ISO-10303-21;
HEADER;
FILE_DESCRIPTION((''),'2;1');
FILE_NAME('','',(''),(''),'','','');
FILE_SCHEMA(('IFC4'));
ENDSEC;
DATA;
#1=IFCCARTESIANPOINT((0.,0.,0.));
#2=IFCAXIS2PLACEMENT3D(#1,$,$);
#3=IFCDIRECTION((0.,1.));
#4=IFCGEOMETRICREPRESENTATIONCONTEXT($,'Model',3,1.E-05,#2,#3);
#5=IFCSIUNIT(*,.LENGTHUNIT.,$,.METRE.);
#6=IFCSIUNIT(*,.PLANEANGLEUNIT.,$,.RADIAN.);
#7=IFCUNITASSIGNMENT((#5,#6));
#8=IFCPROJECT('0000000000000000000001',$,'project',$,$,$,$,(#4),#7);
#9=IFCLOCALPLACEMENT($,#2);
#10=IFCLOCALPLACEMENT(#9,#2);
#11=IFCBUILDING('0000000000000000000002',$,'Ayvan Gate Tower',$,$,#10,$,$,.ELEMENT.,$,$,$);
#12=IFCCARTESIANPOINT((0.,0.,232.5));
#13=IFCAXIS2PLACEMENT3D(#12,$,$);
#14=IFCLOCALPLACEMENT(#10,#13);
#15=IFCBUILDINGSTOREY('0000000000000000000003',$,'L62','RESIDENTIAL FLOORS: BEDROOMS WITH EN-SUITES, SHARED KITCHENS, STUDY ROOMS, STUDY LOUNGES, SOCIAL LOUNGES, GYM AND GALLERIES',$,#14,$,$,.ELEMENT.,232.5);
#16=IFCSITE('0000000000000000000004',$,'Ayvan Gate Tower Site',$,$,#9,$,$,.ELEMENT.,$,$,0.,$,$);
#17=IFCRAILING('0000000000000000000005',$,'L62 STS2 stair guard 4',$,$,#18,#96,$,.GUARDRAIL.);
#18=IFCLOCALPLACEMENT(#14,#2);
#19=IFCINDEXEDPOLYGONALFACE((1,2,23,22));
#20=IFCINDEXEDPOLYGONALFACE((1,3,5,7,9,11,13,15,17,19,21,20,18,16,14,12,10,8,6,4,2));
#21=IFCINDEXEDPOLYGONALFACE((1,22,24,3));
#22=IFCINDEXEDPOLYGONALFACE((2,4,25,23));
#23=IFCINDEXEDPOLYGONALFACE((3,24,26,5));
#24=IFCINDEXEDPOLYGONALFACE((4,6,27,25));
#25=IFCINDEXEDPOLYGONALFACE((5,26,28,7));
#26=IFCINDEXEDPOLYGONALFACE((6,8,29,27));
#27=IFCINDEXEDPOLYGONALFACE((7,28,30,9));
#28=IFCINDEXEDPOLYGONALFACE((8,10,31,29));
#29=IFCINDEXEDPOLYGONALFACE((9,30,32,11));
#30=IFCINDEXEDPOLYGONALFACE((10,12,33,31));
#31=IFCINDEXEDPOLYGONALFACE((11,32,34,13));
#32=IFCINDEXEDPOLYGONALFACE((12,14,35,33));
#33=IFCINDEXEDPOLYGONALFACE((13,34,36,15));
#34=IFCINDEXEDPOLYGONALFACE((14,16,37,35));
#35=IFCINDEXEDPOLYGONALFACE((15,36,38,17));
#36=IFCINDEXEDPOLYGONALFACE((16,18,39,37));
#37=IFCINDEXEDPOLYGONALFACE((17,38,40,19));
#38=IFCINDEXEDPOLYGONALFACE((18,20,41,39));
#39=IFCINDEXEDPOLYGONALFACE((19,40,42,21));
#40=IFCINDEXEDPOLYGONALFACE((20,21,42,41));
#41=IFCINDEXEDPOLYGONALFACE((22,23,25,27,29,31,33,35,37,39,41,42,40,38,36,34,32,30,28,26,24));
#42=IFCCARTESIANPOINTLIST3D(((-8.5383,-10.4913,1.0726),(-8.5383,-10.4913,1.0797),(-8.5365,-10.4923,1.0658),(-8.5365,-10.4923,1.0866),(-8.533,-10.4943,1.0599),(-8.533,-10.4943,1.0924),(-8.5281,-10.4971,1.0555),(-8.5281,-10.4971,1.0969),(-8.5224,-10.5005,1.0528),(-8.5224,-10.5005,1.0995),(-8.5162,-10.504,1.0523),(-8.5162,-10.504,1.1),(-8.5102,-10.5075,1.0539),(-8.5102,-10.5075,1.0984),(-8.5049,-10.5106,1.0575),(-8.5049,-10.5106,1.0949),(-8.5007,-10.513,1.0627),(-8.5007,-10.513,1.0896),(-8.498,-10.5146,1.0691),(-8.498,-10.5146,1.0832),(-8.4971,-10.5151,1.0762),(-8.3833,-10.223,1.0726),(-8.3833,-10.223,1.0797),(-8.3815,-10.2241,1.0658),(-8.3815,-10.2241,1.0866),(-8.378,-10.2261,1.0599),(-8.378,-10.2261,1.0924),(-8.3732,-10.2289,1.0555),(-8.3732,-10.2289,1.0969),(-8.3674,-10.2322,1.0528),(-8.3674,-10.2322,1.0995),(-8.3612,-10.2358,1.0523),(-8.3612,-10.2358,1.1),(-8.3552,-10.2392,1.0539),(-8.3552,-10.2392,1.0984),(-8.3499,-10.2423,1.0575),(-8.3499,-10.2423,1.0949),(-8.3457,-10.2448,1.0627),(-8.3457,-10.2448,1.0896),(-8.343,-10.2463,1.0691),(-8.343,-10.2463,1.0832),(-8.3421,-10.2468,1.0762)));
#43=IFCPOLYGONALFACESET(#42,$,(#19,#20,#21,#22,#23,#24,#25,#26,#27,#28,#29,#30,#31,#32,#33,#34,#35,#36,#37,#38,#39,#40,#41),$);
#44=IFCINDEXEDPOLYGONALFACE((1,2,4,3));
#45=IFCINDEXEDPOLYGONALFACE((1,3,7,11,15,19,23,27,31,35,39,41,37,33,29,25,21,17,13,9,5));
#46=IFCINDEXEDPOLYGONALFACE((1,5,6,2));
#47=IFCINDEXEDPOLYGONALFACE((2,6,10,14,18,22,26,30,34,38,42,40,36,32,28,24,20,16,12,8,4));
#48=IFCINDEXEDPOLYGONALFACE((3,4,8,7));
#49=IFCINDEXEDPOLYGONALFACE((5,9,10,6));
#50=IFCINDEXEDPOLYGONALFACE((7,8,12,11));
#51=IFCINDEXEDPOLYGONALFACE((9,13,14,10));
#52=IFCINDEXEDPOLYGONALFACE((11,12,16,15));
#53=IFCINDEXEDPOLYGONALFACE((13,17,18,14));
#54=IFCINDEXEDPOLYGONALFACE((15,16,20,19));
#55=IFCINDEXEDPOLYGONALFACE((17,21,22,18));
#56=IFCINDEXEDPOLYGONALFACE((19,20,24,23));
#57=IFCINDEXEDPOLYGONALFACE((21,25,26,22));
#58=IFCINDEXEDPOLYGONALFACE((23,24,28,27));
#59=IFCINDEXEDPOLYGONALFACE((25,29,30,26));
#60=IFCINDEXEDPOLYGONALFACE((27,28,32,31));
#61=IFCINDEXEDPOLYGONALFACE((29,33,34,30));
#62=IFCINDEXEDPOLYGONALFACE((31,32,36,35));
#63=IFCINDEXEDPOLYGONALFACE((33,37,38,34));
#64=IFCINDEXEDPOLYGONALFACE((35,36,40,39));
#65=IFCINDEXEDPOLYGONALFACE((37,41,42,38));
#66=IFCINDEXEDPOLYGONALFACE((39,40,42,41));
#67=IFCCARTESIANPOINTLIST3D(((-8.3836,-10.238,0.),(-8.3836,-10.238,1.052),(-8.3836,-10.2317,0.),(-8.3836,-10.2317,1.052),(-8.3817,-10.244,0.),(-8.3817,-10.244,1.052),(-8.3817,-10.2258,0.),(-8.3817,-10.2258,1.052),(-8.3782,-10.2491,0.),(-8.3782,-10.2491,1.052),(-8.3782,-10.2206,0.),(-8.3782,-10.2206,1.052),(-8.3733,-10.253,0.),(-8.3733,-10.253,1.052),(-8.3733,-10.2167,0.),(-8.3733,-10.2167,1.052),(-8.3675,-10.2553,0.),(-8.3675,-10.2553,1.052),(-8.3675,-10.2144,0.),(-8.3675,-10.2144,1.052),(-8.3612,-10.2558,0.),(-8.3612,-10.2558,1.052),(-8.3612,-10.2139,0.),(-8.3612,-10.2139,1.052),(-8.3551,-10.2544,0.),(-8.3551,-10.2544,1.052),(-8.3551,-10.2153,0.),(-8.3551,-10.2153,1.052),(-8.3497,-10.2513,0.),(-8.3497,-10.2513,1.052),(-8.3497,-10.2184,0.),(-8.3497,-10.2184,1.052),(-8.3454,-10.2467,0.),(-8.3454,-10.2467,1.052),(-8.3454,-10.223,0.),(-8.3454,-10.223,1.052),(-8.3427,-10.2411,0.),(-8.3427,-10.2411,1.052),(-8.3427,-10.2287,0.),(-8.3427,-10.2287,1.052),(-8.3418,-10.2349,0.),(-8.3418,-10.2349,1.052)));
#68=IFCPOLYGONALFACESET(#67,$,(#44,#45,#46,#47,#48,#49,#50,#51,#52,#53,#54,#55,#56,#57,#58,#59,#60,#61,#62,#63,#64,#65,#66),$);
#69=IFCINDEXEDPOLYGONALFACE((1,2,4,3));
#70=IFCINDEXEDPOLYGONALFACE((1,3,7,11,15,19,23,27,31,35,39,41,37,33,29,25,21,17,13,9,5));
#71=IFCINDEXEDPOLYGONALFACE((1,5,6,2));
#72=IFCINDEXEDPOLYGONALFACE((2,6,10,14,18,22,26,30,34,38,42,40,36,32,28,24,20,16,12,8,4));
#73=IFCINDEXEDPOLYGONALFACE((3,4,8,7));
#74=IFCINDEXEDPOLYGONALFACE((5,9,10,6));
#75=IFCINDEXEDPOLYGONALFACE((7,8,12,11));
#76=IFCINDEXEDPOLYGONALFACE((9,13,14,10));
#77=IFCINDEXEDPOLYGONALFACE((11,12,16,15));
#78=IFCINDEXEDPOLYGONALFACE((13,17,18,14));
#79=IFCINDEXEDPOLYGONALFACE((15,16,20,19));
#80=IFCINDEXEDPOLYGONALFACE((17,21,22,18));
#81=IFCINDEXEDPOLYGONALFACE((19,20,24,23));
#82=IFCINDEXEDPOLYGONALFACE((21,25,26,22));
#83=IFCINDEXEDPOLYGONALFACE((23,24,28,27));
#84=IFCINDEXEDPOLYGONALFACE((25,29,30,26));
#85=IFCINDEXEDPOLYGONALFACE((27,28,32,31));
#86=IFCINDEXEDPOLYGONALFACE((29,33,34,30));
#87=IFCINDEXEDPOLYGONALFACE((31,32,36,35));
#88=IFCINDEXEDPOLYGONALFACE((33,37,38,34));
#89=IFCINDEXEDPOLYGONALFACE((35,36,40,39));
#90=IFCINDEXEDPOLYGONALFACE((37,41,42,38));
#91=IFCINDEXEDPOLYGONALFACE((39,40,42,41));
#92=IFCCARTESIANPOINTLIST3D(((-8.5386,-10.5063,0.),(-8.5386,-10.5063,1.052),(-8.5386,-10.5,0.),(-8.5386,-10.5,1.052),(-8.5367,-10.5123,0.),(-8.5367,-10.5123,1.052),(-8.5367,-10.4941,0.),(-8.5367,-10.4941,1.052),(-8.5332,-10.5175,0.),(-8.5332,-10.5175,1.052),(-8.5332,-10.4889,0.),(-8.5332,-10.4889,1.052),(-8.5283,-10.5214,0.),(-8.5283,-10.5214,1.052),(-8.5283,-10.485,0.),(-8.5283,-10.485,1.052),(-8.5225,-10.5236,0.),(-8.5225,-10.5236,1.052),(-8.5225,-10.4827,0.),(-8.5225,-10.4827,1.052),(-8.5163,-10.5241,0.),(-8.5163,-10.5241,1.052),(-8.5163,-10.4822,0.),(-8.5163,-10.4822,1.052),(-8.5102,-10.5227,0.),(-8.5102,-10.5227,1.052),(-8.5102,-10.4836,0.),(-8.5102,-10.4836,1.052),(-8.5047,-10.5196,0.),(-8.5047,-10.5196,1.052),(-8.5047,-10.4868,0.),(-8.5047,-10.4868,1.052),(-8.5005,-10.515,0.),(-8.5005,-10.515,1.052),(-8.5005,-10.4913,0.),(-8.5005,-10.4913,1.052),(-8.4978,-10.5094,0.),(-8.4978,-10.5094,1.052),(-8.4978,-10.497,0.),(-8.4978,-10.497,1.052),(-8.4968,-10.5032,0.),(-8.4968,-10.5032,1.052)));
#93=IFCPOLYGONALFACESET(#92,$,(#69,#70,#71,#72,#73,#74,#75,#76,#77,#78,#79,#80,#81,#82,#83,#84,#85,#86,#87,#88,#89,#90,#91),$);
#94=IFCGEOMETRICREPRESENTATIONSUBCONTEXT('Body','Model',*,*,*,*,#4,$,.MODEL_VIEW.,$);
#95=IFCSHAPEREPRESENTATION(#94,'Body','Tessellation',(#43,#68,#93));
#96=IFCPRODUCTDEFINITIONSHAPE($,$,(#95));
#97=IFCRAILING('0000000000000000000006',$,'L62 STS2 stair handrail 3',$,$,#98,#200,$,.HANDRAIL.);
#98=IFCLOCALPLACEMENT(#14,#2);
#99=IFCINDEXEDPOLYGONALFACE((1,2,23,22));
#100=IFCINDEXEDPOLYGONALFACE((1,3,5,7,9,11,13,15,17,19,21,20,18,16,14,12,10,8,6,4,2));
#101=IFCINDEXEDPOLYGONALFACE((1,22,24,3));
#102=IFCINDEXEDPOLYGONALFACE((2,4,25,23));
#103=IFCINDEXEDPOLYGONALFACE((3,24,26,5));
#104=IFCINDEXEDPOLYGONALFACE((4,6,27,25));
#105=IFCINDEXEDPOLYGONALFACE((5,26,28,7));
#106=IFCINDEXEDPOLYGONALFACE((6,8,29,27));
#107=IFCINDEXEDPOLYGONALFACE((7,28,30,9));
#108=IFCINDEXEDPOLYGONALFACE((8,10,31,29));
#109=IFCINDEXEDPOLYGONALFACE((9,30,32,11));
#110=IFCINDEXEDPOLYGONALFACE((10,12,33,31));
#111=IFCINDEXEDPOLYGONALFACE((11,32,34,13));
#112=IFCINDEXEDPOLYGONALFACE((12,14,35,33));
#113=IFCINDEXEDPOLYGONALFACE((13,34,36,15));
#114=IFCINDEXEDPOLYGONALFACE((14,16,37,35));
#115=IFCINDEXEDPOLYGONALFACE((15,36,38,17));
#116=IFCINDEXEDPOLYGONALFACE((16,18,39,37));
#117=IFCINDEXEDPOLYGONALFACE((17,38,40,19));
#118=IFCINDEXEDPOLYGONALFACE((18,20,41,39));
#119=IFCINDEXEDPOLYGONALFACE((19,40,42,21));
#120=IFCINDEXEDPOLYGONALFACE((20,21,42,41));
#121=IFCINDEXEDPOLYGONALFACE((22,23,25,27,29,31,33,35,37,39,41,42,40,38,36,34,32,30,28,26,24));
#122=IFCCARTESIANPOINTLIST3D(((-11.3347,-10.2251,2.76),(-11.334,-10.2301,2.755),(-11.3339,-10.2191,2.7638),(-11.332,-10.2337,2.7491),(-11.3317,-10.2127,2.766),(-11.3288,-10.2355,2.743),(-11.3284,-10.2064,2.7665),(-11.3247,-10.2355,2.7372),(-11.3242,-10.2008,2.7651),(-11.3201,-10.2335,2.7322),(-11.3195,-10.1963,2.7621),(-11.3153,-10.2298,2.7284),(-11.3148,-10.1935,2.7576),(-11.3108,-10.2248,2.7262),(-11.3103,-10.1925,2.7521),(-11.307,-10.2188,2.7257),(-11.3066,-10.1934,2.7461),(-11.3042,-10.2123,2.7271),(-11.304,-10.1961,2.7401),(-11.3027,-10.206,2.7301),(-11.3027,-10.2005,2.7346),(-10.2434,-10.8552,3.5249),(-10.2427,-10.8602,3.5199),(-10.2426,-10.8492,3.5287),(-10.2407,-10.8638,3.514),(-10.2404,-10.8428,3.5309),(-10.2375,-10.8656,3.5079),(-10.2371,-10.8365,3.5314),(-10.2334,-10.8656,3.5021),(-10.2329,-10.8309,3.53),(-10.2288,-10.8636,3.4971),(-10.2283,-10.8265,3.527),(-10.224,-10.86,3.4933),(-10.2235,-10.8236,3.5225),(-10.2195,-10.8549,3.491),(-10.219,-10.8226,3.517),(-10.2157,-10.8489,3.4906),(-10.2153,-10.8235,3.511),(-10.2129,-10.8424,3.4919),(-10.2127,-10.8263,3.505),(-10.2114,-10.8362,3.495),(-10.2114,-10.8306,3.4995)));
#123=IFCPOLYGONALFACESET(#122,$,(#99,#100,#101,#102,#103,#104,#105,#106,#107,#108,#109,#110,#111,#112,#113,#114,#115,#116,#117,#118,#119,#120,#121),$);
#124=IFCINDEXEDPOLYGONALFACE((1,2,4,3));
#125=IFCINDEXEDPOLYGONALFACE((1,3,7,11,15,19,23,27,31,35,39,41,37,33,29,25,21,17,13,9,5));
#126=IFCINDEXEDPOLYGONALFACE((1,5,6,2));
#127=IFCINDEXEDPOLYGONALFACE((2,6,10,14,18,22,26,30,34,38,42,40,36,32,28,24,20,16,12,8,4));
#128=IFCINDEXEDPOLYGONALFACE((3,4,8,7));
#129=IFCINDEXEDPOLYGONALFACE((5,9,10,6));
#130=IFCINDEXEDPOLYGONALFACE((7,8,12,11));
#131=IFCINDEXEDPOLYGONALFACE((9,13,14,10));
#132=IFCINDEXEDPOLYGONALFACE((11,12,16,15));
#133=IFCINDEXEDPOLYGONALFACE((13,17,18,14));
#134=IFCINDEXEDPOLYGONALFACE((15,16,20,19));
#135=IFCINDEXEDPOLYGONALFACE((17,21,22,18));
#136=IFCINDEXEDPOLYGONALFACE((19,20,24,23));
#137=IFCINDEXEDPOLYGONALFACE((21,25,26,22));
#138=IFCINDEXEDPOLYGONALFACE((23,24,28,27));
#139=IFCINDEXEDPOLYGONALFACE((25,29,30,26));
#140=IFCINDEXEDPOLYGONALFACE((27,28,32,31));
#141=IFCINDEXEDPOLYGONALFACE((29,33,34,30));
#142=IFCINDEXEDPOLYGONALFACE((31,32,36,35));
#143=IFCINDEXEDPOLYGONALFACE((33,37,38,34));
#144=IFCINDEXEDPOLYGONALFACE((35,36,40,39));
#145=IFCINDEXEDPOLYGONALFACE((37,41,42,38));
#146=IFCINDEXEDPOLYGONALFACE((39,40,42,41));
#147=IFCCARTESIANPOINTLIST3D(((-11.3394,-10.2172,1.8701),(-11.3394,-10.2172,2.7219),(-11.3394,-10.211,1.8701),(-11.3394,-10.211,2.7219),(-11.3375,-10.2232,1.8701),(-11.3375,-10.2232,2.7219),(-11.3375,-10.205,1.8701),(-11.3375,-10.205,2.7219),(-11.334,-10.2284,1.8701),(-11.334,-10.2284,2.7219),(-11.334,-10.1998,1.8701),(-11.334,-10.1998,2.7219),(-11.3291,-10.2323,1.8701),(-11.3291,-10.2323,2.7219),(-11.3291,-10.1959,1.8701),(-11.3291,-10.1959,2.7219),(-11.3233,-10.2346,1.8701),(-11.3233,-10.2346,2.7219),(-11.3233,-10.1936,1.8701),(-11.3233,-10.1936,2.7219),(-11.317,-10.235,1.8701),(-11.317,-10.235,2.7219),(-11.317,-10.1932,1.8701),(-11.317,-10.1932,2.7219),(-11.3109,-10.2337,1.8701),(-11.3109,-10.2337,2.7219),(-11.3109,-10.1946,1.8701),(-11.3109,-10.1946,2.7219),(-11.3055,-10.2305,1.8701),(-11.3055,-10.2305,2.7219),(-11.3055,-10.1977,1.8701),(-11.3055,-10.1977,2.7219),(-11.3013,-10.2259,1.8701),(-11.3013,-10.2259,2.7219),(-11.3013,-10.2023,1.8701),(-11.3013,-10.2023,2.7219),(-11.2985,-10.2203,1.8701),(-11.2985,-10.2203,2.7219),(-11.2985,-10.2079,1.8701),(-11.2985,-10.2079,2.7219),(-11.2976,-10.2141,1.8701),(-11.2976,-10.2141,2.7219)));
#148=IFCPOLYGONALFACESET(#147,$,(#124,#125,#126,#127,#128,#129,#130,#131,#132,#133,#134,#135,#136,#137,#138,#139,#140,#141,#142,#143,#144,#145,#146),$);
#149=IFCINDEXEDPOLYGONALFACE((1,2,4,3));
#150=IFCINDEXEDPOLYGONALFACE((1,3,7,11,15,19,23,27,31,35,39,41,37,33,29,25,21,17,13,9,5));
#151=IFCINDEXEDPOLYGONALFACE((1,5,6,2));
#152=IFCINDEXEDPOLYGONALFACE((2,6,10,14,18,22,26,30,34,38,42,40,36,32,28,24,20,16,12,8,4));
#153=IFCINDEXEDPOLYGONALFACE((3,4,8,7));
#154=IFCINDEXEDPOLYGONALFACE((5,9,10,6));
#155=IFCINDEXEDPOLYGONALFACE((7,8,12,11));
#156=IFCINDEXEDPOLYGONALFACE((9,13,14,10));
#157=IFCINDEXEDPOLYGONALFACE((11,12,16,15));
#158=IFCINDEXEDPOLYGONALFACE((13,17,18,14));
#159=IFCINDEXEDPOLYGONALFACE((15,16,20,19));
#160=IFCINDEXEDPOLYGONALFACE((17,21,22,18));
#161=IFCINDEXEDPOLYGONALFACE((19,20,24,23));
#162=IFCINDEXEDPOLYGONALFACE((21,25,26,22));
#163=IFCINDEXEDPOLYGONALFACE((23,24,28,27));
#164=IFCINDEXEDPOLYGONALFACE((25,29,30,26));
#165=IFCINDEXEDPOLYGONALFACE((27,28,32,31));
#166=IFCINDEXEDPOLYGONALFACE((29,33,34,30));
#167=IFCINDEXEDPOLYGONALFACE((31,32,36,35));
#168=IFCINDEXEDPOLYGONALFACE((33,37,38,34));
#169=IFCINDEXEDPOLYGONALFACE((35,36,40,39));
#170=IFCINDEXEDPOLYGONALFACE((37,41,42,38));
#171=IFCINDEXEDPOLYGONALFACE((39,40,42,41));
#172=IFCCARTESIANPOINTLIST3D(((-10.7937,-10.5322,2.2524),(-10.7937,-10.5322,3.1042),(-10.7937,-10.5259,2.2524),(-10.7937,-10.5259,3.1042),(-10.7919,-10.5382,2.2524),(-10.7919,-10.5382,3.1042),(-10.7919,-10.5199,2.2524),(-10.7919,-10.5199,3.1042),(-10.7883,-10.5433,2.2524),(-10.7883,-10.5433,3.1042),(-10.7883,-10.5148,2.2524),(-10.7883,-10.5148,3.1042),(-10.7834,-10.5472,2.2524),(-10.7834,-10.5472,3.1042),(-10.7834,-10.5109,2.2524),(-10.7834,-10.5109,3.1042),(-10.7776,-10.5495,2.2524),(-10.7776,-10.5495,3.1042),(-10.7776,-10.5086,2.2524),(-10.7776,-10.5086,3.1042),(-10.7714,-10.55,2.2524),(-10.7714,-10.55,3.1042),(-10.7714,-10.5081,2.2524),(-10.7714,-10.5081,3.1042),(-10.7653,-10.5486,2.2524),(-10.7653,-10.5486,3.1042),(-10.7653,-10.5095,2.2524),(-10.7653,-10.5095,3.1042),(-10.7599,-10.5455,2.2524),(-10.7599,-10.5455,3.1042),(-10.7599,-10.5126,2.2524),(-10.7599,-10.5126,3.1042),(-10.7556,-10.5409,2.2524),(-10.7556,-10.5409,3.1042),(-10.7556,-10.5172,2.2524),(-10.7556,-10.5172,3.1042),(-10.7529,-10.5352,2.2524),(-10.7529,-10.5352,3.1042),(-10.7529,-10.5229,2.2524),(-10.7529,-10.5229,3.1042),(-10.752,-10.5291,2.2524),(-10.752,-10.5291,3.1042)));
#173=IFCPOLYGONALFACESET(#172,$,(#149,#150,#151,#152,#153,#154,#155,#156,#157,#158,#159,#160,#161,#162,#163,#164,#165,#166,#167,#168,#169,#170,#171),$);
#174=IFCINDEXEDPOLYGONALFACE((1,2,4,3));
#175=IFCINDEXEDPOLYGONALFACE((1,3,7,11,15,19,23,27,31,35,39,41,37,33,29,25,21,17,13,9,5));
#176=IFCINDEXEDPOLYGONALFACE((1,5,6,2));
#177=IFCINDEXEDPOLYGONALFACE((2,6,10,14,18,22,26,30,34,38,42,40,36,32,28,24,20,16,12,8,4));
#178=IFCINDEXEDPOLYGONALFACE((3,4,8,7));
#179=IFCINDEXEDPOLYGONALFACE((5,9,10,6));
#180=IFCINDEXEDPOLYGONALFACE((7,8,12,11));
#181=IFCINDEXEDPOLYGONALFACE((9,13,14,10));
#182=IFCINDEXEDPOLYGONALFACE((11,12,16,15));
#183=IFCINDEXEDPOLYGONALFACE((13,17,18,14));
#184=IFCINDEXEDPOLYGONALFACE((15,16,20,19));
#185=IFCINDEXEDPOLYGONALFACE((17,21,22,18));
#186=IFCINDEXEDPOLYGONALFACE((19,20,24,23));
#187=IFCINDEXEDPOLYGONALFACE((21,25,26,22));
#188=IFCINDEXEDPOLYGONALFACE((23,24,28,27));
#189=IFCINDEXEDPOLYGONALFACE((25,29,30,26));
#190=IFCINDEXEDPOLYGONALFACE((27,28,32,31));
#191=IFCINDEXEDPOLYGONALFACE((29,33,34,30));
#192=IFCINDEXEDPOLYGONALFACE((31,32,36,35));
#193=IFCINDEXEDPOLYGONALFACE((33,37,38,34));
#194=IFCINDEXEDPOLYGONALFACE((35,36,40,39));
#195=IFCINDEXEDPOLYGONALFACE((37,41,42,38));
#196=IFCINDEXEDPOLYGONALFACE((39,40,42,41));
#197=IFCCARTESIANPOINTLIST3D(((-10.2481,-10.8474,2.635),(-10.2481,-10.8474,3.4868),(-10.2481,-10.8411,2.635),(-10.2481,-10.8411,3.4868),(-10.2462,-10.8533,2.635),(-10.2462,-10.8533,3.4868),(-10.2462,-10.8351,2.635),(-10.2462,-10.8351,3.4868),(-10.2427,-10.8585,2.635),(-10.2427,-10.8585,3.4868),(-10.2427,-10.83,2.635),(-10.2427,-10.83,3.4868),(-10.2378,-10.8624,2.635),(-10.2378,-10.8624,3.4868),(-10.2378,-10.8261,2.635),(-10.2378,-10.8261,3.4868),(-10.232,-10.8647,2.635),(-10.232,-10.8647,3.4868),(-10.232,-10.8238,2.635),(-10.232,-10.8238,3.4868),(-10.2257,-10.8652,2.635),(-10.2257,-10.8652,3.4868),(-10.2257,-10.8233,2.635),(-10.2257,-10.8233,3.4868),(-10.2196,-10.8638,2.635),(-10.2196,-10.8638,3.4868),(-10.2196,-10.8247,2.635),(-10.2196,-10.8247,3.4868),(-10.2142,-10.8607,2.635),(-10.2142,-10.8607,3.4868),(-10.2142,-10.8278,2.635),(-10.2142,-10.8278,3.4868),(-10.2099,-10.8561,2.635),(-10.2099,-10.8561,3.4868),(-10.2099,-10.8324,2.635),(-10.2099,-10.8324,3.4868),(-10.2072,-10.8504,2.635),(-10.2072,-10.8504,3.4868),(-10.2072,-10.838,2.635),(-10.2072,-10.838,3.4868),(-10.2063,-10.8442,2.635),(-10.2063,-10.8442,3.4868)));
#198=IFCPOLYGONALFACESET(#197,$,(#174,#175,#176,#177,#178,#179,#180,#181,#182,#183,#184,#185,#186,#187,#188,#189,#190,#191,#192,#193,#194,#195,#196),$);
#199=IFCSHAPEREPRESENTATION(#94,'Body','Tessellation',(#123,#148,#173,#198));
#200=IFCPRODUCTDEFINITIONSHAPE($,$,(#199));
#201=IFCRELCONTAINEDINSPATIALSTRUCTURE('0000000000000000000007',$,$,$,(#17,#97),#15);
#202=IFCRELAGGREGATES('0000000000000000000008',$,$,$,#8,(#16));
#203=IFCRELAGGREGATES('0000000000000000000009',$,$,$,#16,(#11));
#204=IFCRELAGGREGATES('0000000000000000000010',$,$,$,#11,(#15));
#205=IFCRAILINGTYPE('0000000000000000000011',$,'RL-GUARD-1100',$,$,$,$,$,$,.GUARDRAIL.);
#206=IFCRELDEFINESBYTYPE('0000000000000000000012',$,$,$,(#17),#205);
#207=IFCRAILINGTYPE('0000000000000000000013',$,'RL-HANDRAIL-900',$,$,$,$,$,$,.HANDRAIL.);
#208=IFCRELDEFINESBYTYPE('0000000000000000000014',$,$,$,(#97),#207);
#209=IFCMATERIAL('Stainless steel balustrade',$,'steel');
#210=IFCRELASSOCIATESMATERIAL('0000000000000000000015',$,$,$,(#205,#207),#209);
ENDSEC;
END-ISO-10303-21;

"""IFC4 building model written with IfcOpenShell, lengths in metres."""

from ifc_helpers import new_model, si_unit, direction, frame, origin, origin_2d, place, context, subcontext, project, spatial, circle, extrude, material, type_object, element, save


model = new_model("IFC4")

# Units and contexts
model_context = context("Model", 3, precision=1e-05, world=origin(), true_north=direction((0.0, 1.0)))
body_context = subcontext(model_context, "Body", "Model", "MODEL_VIEW")
ifc_project = project(units=[si_unit("LENGTHUNIT", "METRE"), si_unit("PLANEANGLEUNIT", "RADIAN")], contexts=[model_context])

# Site, building, storey
site_placement = place(None, origin())
site = spatial("IfcSite", under=ifc_project, at=site_placement, Name="Ayvan Gate Tower Site", CompositionType="ELEMENT", RefElevation=0.0)
building_placement = place(site_placement, origin())
building = spatial("IfcBuilding", under=site, at=building_placement, Name="Ayvan Gate Tower", CompositionType="ELEMENT")
storey_placement = place(building_placement, frame((0.0, 0.0, 232.5)))
storey = spatial("IfcBuildingStorey", under=building, at=storey_placement, Name="L62", Description="RESIDENTIAL FLOORS: BEDROOMS WITH EN-SUITES, SHARED KITCHENS, STUDY ROOMS, STUDY LOUNGES, SOCIAL LOUNGES, GYM AND GALLERIES", CompositionType="ELEMENT", Elevation=232.5)

# Railings
ifc_material_1 = material(Name="Stainless steel balustrade", Category="steel")
railing_type_1 = type_object("IfcRailingType", Name="RL-GUARD-1100", PredefinedType="GUARDRAIL", material=ifc_material_1)
railing_1_placement = place(storey_placement, frame((-8.3628, -10.2349, 0.0)))
element("IfcRailing", 1, at=railing_1_placement, inside=storey, type_object=railing_type_1, Name="L62 STS2 stair guard 4", PredefinedType="GUARDRAIL", context=body_context, shape_type="SweptSolid", body=[
    extrude(circle(Radius=0.0239, at=origin_2d()), frame((0.0, 0.0, 1.0762), z_axis=(-0.500291, -0.865857, 0.0), x_axis=(0.865857, -0.500291, 0.0)), (0.0, 0.0, 1.0), 0.3098),
    extrude(circle(Radius=0.021, at=origin_2d()), origin(), (0.0, 0.0, 1.0), 1.052),
    extrude(circle(Radius=0.021, at=origin_2d()), frame((-0.155, -0.2683, 0.0)), (0.0, 0.0, 1.0), 1.052),
])
railing_type_2 = type_object("IfcRailingType", Name="RL-HANDRAIL-900", PredefinedType="HANDRAIL", material=ifc_material_1)
railing_2_placement = place(storey_placement, frame((-11.3186, -10.2141, 1.8701)))
element("IfcRailing", 2, at=railing_2_placement, inside=storey, type_object=railing_type_2, Name="L62 STS2 stair handrail 3", PredefinedType="HANDRAIL", context=body_context, shape_type="SweptSolid", body=[
    extrude(circle(Radius=0.0239, at=origin_2d()), frame((0.0, 0.0, 0.876), z_axis=(0.740304, -0.427455, 0.518875), x_axis=(0.500035, 0.866005, 0.0)), (0.0, 0.0, 1.0), 1.4741),
    extrude(circle(Radius=0.021, at=origin_2d()), origin(), (0.0, 0.0, 1.0), 0.8518),
    extrude(circle(Radius=0.021, at=origin_2d()), frame((0.5457, -0.3149, 0.3823)), (0.0, 0.0, 1.0), 0.8518),
    extrude(circle(Radius=0.021, at=origin_2d()), frame((1.0913, -0.6301, 0.7649)), (0.0, 0.0, 1.0), 0.8518),
])

save(model, "model.ifc")
